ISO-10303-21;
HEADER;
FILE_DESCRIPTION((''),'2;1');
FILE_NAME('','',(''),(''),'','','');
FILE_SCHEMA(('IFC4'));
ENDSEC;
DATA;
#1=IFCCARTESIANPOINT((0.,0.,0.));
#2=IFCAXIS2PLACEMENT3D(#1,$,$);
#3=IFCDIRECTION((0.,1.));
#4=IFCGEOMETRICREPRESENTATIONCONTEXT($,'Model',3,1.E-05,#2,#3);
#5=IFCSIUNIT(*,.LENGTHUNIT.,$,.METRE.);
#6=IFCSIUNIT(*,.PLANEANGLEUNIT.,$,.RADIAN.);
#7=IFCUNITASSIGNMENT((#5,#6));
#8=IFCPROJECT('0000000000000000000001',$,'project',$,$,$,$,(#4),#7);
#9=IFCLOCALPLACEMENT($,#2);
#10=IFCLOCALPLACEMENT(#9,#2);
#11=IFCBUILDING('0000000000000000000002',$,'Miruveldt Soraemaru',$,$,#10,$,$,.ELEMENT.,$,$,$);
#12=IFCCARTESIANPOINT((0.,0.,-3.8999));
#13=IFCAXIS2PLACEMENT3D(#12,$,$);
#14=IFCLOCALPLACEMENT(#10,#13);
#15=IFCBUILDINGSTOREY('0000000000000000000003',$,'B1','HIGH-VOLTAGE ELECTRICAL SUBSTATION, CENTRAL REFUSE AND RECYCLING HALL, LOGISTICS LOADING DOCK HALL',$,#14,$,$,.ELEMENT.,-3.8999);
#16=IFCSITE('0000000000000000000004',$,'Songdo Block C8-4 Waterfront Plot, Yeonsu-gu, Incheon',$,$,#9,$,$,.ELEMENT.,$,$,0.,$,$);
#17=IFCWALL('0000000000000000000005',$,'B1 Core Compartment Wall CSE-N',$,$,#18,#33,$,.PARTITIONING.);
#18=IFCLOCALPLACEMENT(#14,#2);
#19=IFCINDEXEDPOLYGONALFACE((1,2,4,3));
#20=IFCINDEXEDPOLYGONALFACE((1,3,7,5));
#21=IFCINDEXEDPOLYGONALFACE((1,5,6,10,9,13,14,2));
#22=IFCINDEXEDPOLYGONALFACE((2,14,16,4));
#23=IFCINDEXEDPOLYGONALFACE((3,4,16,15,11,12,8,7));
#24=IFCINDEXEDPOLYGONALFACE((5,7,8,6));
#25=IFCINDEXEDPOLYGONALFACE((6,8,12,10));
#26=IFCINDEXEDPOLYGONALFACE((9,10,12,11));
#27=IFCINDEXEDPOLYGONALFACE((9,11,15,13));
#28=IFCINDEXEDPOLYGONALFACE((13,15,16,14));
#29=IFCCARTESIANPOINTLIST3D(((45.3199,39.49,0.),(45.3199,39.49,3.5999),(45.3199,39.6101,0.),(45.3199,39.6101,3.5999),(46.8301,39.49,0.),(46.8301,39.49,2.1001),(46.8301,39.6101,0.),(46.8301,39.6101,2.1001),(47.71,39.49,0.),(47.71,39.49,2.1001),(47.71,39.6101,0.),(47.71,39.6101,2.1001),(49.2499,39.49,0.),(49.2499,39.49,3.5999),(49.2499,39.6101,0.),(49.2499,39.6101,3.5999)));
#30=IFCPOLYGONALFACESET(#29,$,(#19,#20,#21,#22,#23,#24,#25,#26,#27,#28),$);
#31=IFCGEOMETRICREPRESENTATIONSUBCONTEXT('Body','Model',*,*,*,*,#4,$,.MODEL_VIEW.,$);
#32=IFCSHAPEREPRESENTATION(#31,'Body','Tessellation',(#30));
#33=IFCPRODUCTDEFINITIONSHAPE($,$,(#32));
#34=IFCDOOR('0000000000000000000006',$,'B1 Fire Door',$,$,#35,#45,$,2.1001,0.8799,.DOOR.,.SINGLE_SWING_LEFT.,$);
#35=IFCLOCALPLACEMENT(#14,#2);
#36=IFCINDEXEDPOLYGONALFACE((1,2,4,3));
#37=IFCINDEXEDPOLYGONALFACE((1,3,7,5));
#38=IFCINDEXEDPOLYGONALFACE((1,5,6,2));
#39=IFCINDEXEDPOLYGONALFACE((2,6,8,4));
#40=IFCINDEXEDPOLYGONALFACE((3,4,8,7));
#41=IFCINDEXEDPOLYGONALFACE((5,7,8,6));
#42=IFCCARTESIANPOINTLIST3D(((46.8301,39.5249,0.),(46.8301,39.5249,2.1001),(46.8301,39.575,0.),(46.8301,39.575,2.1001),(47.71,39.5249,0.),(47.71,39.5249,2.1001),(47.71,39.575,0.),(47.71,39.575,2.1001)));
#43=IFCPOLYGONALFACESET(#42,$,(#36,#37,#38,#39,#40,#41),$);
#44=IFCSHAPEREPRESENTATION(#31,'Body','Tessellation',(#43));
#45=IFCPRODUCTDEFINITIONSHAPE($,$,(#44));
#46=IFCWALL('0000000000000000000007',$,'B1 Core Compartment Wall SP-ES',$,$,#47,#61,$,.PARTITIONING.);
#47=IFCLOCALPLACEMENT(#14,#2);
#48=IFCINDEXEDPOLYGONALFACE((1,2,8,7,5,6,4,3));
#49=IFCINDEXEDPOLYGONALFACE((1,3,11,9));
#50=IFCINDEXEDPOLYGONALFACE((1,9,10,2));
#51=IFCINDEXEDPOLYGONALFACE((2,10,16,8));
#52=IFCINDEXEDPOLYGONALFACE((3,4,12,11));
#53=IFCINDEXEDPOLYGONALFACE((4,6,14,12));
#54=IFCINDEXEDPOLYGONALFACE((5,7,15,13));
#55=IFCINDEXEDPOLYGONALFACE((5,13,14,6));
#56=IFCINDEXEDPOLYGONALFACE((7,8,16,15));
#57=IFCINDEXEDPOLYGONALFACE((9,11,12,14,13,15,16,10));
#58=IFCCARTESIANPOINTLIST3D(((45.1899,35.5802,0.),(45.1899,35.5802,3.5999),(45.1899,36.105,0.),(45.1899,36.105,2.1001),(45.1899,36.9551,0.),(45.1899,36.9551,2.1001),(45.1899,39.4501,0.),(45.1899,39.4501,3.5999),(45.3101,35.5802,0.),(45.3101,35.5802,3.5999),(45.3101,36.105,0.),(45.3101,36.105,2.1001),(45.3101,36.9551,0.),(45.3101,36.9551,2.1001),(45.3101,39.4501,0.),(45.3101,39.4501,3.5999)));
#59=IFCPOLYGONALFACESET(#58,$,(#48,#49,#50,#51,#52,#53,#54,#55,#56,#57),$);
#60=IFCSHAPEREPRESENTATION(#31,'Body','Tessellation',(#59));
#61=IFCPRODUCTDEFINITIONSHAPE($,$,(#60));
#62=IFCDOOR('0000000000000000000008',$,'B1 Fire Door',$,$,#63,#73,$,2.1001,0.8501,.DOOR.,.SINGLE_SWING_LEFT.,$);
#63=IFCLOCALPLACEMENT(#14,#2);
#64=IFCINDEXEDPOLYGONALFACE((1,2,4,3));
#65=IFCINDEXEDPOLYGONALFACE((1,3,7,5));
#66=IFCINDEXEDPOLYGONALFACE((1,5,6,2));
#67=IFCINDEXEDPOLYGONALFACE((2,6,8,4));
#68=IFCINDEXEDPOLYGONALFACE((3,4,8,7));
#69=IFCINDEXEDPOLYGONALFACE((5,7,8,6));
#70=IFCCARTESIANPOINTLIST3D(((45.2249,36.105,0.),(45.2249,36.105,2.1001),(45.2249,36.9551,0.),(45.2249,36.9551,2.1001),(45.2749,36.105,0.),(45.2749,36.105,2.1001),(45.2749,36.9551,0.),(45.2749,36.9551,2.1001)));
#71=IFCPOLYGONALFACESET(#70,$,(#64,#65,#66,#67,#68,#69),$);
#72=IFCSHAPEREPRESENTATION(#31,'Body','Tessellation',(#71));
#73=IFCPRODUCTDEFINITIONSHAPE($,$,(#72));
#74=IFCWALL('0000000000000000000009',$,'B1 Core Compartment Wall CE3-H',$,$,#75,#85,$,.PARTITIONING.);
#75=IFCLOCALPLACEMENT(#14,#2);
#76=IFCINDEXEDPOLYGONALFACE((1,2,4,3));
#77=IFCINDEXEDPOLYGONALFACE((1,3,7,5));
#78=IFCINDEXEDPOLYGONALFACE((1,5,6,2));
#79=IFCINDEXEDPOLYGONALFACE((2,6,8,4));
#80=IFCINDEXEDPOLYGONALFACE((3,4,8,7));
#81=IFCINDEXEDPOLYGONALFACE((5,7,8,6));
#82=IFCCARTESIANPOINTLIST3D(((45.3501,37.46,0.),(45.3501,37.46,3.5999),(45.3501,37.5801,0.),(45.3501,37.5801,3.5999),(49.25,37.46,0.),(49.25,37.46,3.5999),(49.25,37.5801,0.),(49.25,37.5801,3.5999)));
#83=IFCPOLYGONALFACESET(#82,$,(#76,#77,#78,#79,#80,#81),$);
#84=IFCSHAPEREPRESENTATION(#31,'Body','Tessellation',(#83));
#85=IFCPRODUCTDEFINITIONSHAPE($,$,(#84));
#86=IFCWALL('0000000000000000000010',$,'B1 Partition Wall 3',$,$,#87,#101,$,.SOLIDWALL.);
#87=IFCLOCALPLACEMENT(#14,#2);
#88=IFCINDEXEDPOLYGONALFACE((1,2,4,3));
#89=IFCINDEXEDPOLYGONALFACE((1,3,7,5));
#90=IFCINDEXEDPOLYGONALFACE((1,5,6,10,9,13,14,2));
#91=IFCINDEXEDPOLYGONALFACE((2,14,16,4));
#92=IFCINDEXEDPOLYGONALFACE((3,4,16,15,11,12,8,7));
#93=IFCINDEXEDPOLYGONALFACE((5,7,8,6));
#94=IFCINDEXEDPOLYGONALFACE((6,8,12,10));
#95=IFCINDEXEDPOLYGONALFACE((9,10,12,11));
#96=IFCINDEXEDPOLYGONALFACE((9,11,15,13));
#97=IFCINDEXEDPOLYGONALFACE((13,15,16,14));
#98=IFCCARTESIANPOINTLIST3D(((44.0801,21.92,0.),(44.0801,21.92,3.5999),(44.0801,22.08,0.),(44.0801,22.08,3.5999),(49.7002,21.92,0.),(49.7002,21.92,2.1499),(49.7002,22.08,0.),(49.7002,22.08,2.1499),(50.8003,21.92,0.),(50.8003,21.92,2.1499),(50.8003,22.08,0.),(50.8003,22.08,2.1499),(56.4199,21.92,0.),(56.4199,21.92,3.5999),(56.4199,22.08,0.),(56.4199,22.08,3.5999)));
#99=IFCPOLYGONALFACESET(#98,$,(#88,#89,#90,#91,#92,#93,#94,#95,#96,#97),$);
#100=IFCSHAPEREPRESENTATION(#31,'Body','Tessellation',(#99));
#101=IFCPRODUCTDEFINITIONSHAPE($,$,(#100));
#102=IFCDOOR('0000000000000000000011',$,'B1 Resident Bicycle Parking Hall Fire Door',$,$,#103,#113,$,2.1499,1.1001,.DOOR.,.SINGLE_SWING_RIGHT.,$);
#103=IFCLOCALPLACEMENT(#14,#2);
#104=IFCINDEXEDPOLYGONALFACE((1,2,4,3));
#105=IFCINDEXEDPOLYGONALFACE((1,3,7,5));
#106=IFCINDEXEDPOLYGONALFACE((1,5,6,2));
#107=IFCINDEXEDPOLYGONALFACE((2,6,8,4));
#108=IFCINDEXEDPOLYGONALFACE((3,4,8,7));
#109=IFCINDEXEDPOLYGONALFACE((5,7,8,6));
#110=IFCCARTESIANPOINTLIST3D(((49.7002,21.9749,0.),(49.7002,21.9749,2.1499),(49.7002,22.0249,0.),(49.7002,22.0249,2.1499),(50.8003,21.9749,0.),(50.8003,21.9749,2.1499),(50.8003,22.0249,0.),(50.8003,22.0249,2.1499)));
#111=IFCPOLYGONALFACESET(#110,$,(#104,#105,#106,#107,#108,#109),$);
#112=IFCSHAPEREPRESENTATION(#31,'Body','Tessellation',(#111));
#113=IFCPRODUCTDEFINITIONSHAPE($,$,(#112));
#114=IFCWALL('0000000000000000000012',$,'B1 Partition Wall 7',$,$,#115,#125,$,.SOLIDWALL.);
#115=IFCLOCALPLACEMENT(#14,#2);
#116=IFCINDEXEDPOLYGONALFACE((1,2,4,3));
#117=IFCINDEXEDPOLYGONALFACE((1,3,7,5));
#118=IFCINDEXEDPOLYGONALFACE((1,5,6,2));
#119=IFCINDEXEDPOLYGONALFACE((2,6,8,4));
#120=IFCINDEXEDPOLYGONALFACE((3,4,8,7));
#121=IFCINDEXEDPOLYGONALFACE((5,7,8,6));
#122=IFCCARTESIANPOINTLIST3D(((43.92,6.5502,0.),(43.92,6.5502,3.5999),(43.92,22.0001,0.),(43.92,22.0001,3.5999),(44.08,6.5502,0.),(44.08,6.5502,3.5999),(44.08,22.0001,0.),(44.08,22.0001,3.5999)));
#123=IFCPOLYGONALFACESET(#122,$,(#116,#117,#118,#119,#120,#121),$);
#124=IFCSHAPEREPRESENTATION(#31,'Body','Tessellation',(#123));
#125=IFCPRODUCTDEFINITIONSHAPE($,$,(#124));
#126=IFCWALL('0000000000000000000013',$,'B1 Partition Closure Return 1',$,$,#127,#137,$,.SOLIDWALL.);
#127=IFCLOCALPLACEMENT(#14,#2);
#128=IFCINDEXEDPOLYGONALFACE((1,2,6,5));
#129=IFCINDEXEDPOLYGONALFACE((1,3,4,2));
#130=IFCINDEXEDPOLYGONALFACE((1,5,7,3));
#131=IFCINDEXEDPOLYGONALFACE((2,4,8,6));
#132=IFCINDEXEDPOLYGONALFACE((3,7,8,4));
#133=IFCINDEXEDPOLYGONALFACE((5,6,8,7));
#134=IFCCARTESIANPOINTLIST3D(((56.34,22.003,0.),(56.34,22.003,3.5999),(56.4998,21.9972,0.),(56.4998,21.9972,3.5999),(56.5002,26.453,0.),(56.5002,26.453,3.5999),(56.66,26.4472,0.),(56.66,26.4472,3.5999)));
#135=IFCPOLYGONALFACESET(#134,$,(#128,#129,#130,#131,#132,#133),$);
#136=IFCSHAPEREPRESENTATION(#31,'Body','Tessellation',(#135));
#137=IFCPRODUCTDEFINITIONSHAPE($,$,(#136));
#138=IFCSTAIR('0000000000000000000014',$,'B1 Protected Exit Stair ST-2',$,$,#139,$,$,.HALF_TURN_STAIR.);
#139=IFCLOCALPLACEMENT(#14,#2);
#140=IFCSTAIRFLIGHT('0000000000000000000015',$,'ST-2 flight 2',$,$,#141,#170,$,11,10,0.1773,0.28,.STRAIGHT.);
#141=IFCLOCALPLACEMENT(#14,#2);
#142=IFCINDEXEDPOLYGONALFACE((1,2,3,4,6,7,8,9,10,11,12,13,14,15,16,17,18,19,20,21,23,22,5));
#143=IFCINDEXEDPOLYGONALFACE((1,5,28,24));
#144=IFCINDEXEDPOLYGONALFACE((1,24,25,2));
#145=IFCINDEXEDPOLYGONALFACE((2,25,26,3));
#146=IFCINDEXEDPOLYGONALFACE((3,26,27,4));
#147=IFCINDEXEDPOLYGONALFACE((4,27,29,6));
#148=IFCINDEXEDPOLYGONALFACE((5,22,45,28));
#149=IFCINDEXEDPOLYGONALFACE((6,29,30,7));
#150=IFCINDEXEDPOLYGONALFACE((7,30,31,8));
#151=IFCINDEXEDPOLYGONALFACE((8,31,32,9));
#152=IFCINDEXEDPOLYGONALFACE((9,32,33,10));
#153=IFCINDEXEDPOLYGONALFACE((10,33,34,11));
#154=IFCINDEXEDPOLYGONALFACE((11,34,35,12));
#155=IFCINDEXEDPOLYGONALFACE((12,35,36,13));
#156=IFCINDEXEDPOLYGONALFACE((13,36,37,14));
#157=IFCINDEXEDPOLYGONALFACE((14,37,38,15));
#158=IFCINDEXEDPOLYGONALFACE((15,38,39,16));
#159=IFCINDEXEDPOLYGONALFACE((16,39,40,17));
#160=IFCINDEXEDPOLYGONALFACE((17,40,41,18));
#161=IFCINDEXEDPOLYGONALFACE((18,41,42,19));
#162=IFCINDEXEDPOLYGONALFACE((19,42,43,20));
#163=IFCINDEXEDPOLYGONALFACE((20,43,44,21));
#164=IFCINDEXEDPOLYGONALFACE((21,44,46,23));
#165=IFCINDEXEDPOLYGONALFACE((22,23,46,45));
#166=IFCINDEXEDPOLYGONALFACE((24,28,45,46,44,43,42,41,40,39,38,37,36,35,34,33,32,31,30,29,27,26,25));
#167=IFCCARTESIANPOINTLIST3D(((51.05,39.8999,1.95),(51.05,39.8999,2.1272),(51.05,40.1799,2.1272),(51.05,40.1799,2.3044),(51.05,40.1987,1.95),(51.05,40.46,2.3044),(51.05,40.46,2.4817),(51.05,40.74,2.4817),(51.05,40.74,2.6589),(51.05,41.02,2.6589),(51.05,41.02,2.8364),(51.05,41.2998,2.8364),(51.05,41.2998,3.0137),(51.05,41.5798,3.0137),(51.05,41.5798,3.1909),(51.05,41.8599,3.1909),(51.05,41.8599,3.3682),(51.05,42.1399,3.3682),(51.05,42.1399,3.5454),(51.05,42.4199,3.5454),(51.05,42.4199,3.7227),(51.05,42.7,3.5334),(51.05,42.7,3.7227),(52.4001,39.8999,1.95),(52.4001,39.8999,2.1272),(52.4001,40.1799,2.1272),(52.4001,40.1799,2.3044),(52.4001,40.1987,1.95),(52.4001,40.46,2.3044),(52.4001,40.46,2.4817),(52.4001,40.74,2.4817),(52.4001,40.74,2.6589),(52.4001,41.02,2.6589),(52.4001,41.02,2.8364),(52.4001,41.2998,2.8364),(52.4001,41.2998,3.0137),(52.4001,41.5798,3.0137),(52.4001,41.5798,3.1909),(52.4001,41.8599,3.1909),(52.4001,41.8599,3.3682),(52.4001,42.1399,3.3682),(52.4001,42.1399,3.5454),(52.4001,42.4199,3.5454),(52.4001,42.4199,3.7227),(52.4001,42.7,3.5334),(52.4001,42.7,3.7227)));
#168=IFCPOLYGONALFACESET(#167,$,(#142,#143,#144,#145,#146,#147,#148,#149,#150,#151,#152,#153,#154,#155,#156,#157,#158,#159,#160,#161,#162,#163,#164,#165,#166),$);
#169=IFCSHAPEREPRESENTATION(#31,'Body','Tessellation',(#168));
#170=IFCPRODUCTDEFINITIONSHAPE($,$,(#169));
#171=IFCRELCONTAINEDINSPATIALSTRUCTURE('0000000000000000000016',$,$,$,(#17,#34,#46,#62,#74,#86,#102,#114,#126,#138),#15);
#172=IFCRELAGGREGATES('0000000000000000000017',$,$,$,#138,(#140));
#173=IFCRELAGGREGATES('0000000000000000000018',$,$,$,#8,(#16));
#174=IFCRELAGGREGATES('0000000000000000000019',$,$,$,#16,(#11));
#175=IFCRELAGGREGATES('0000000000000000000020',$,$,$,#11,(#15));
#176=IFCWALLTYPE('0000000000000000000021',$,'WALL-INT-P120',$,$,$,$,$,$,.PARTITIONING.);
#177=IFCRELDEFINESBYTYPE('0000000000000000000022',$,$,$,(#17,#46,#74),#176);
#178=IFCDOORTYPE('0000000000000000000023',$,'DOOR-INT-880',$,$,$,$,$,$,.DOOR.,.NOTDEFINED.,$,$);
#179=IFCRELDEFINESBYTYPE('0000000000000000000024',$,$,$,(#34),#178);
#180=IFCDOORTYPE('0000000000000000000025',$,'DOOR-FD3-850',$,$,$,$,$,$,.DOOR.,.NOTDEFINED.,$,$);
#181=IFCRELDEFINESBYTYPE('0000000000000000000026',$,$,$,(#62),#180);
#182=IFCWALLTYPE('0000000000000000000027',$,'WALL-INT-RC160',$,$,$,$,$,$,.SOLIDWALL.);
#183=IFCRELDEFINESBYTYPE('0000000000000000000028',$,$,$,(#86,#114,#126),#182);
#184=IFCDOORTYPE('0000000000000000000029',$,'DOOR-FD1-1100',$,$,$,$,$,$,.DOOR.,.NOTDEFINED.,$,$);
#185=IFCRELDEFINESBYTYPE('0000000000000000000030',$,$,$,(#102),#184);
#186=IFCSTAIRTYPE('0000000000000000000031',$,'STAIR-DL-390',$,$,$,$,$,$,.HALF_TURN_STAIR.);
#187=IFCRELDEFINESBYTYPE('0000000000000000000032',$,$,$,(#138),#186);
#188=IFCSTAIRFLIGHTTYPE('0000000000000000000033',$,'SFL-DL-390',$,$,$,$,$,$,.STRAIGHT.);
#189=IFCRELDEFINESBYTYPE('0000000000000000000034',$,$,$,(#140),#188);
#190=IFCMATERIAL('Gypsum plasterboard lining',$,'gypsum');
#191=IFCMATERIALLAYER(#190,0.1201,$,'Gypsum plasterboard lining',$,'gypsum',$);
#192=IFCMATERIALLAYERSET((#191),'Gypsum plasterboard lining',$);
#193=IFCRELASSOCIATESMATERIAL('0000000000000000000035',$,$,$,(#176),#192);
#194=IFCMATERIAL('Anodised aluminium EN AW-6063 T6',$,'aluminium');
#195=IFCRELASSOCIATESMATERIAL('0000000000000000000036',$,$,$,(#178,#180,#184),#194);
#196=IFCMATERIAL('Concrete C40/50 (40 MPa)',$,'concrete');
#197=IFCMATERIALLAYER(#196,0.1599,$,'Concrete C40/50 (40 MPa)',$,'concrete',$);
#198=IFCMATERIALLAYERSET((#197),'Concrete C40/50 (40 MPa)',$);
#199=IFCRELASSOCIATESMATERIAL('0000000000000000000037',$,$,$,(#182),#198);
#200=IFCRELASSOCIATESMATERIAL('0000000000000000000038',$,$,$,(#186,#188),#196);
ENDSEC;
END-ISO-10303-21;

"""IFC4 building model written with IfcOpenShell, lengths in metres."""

from ifc_helpers import new_model, si_unit, direction, frame, frame_2d, origin, place, context, subcontext, project, spatial, polyline, rectangle, outline, extrude, material, layer, layer_set, type_object, element, fill, aggregate, save


model = new_model("IFC4")

# Units and contexts
model_context = context("Model", 3, precision=1e-05, world=origin(), true_north=direction((0.0, 1.0)))
body_context = subcontext(model_context, "Body", "Model", "MODEL_VIEW")
ifc_project = project(units=[si_unit("LENGTHUNIT", "METRE"), si_unit("PLANEANGLEUNIT", "RADIAN")], contexts=[model_context])

# Site, building, storey
site_placement = place(None, origin())
site = spatial("IfcSite", under=ifc_project, at=site_placement, Name="Songdo Block C8-4 Waterfront Plot, Yeonsu-gu, Incheon", CompositionType="ELEMENT", RefElevation=0.0)
building_placement = place(site_placement, origin())
building = spatial("IfcBuilding", under=site, at=building_placement, Name="Miruveldt Soraemaru", CompositionType="ELEMENT")
storey_placement = place(building_placement, frame((0.0, 0.0, -3.8999)))
storey = spatial("IfcBuildingStorey", under=building, at=storey_placement, Name="B1", Description="HIGH-VOLTAGE ELECTRICAL SUBSTATION, CENTRAL REFUSE AND RECYCLING HALL, LOGISTICS LOADING DOCK HALL", CompositionType="ELEMENT", Elevation=-3.8999)

# Walls, openings, doors
ifc_material_1 = material(Name="Gypsum plasterboard lining", Category="gypsum")
ifc_layer_1 = layer(ifc_material_1, 0.1201, Name="Gypsum plasterboard lining", Category="gypsum")
ifc_layer_set_1 = layer_set([ifc_layer_1], Name="Gypsum plasterboard lining")
wall_type_1 = type_object("IfcWallType", Name="WALL-INT-P120", PredefinedType="PARTITIONING", material=ifc_layer_set_1)
wall_1_placement = place(storey_placement, frame((45.3201, 39.55, 0.0), z_axis=(0.0, 0.0, 1.0), x_axis=(1.0, 0.0, 0.0)))
wall_1 = element("IfcWall", 1, at=wall_1_placement, inside=storey, type_object=wall_type_1, Name="B1 Core Compartment Wall CSE-N", PredefinedType="PARTITIONING", context=body_context, shape_type="SweptSolid", body=[
    extrude(rectangle(XDim=3.9299, YDim=0.1201, at=frame_2d((1.9648, 0.0))), origin(), (0.0, 0.0, 1.0), 3.5999),
])
opening_1_placement = place(wall_1_placement, frame((1.51, 0.0, 0.0)))
opening_1 = element("IfcOpeningElement", 2, at=opening_1_placement, cuts=wall_1, PredefinedType="OPENING", context=body_context, shape_type="SweptSolid", body=[
    extrude(rectangle(XDim=0.8799, YDim=2.1001, at=frame_2d((0.4399, 1.05))), frame((0.0, 0.0701, 0.0), z_axis=(0.0, -1.0, 0.0), x_axis=(1.0, 0.0, 0.0)), (0.0, 0.0, 1.0), 0.1401),
])
ifc_material_2 = material(Name="Anodised aluminium EN AW-6063 T6", Category="aluminium")
door_type_1 = type_object("IfcDoorType", Name="DOOR-INT-880", OperationType="NOTDEFINED", PredefinedType="DOOR", material=ifc_material_2)
door_1_placement = place(opening_1_placement, origin())
door_1 = element("IfcDoor", 3, at=door_1_placement, inside=storey, type_object=door_type_1, Name="B1 Fire Door", OperationType="SINGLE_SWING_LEFT", OverallHeight=2.1001, OverallWidth=0.8799, PredefinedType="DOOR", context=body_context, shape_type="SweptSolid", body=[
    extrude(rectangle(XDim=0.8799, YDim=2.1001, at=frame_2d((0.4399, 1.05))), frame((0.0, 0.0249, 0.0), z_axis=(0.0, -1.0, 0.0), x_axis=(1.0, 0.0, 0.0)), (0.0, 0.0, 1.0), 0.05),
])
fill(opening_1, door_1)
wall_2_placement = place(storey_placement, frame((45.25, 35.5801, 0.0), z_axis=(0.0, 0.0, 1.0), x_axis=(0.0, 1.0, 0.0)))
wall_2 = element("IfcWall", 4, at=wall_2_placement, inside=storey, type_object=wall_type_1, Name="B1 Core Compartment Wall SP-ES", PredefinedType="PARTITIONING", context=body_context, shape_type="SweptSolid", body=[
    extrude(rectangle(XDim=3.8699, YDim=0.1201, at=frame_2d((1.9351, 0.0))), origin(), (0.0, 0.0, 1.0), 3.5999),
])
opening_2_placement = place(wall_2_placement, frame((0.5249, 0.0, 0.0)))
opening_2 = element("IfcOpeningElement", 5, at=opening_2_placement, cuts=wall_2, PredefinedType="OPENING", context=body_context, shape_type="SweptSolid", body=[
    extrude(rectangle(XDim=0.8501, YDim=2.1001, at=frame_2d((0.425, 1.05))), frame((0.0, 0.0701, 0.0), z_axis=(0.0, -1.0, 0.0), x_axis=(1.0, 0.0, 0.0)), (0.0, 0.0, 1.0), 0.1401),
])
door_type_2 = type_object("IfcDoorType", Name="DOOR-FD3-850", OperationType="NOTDEFINED", PredefinedType="DOOR", material=ifc_material_2)
door_2_placement = place(opening_2_placement, frame((0.8501, 0.0, 0.0), z_axis=(0.0, 0.0, 1.0), x_axis=(-1.0, 0.0, 0.0)))
door_2 = element("IfcDoor", 6, at=door_2_placement, inside=storey, type_object=door_type_2, Name="B1 Fire Door", OperationType="SINGLE_SWING_LEFT", OverallHeight=2.1001, OverallWidth=0.8501, PredefinedType="DOOR", context=body_context, shape_type="SweptSolid", body=[
    extrude(rectangle(XDim=0.8501, YDim=2.1001, at=frame_2d((0.425, 1.05))), frame((0.0, 0.0249, 0.0), z_axis=(0.0, -1.0, 0.0), x_axis=(1.0, 0.0, 0.0)), (0.0, 0.0, 1.0), 0.05),
])
fill(opening_2, door_2)

# Wall
wall_3_placement = place(storey_placement, frame((45.3501, 37.52, 0.0), z_axis=(0.0, 0.0, 1.0), x_axis=(1.0, 0.0, 0.0)))
element("IfcWall", 7, at=wall_3_placement, inside=storey, type_object=wall_type_1, Name="B1 Core Compartment Wall CE3-H", PredefinedType="PARTITIONING", context=body_context, shape_type="SweptSolid", body=[
    extrude(rectangle(XDim=3.8999, YDim=0.1201, at=frame_2d((1.95, 0.0))), origin(), (0.0, 0.0, 1.0), 3.5999),
])

# Wall, opening, door
ifc_material_3 = material(Name="Concrete C40/50 (40 MPa)", Category="concrete")
ifc_layer_2 = layer(ifc_material_3, 0.1599, Name="Concrete C40/50 (40 MPa)", Category="concrete")
ifc_layer_set_2 = layer_set([ifc_layer_2], Name="Concrete C40/50 (40 MPa)")
wall_type_2 = type_object("IfcWallType", Name="WALL-INT-RC160", PredefinedType="SOLIDWALL", material=ifc_layer_set_2)
wall_4_placement = place(storey_placement, frame((44.0801, 22.0, 0.0), z_axis=(0.0, 0.0, 1.0), x_axis=(1.0, 0.0, 0.0)))
wall_4 = element("IfcWall", 8, at=wall_4_placement, inside=storey, type_object=wall_type_2, Name="B1 Partition Wall 3", PredefinedType="SOLIDWALL", context=body_context, shape_type="SweptSolid", body=[
    extrude(rectangle(XDim=12.3398, YDim=0.1599, at=frame_2d((6.1699, 0.0))), origin(), (0.0, 0.0, 1.0), 3.5999),
])
opening_3_placement = place(wall_4_placement, frame((5.6201, 0.0, 0.0)))
opening_3 = element("IfcOpeningElement", 9, at=opening_3_placement, cuts=wall_4, PredefinedType="OPENING", context=body_context, shape_type="SweptSolid", body=[
    extrude(rectangle(XDim=1.1001, YDim=2.1499, at=frame_2d((0.55, 1.075))), frame((0.0, 0.0898, 0.0), z_axis=(0.0, -1.0, 0.0), x_axis=(1.0, 0.0, 0.0)), (0.0, 0.0, 1.0), 0.1799),
])
door_type_3 = type_object("IfcDoorType", Name="DOOR-FD1-1100", OperationType="NOTDEFINED", PredefinedType="DOOR", material=ifc_material_2)
door_3_placement = place(opening_3_placement, origin())
door_3 = element("IfcDoor", 10, at=door_3_placement, inside=storey, type_object=door_type_3, Name="B1 Resident Bicycle Parking Hall Fire Door", OperationType="SINGLE_SWING_RIGHT", OverallHeight=2.1499, OverallWidth=1.1001, PredefinedType="DOOR", context=body_context, shape_type="SweptSolid", body=[
    extrude(rectangle(XDim=1.1001, YDim=2.1499, at=frame_2d((0.55, 1.075))), frame((0.0, 0.0249, 0.0), z_axis=(0.0, -1.0, 0.0), x_axis=(1.0, 0.0, 0.0)), (0.0, 0.0, 1.0), 0.05),
])
fill(opening_3, door_3)

# Walls
wall_5_placement = place(storey_placement, frame((44.0, 6.55, 0.0), z_axis=(0.0, 0.0, 1.0), x_axis=(0.0, 1.0, 0.0)))
element("IfcWall", 11, at=wall_5_placement, inside=storey, type_object=wall_type_2, Name="B1 Partition Wall 7", PredefinedType="SOLIDWALL", context=body_context, shape_type="SweptSolid", body=[
    extrude(rectangle(XDim=15.45, YDim=0.1599, at=frame_2d((7.7251, 0.0))), origin(), (0.0, 0.0, 1.0), 3.5999),
])
wall_6_placement = place(storey_placement, frame((56.4199, 22.0, 0.0), z_axis=(0.0, 0.0, 1.0), x_axis=(0.035967, 0.999353, 0.0)))
element("IfcWall", 12, at=wall_6_placement, inside=storey, type_object=wall_type_2, Name="B1 Partition Closure Return 1", PredefinedType="SOLIDWALL", context=body_context, shape_type="SweptSolid", body=[
    extrude(rectangle(XDim=4.4529, YDim=0.1599, at=frame_2d((2.2266, 0.0))), origin(), (0.0, 0.0, 1.0), 3.5999),
])

# Stair, stair flight
stair_type = type_object("IfcStairType", Name="STAIR-DL-390", PredefinedType="HALF_TURN_STAIR", material=ifc_material_3)
stair_placement = place(storey_placement, origin())
stair = element("IfcStair", 13, at=stair_placement, inside=storey, type_object=stair_type, Name="B1 Protected Exit Stair ST-2", PredefinedType="HALF_TURN_STAIR")
stair_flight_type = type_object("IfcStairFlightType", Name="SFL-DL-390", PredefinedType="STRAIGHT", material=ifc_material_3)
stair_flight_placement = place(storey_placement, frame((51.7251, 39.8999, 1.95), z_axis=(0.0, 0.0, 1.0), x_axis=(0.0, 1.0, 0.0)))
stair_flight = element("IfcStairFlight", 14, at=stair_flight_placement, type_object=stair_flight_type, Name="ST-2 flight 2", NumberOfRisers=11, NumberOfTreads=10, PredefinedType="STRAIGHT", RiserHeight=0.1773, TreadLength=0.28, context=body_context, shape_type="SweptSolid", body=[
    extrude(outline(polyline([(0.0, 0.0), (0.0, 0.1772), (0.28, 0.1772), (0.28, 0.3545), (0.5601, 0.3545), (0.5601, 0.5317), (0.8401, 0.5317), (0.8401, 0.709), (1.1201, 0.709), (1.1201, 0.8865), (1.3999, 0.8865), (1.3999, 1.0637), (1.6799, 1.0637), (1.6799, 1.241), (1.96, 1.241), (1.96, 1.4182), (2.24, 1.4182), (2.24, 1.5955), (2.52, 1.5955), (2.52, 1.7727), (2.8, 1.7727), (2.8, 1.95), (2.8, 1.5835), (0.2988, 0.0), (0.0, 0.0)])), frame((0.0, 0.675, 0.0), z_axis=(0.0, -1.0, 0.0), x_axis=(1.0, 0.0, 0.0)), (0.0, 0.0, 1.0), 1.3501),
])
aggregate(stair, [stair_flight])

save(model, "model.ifc")
